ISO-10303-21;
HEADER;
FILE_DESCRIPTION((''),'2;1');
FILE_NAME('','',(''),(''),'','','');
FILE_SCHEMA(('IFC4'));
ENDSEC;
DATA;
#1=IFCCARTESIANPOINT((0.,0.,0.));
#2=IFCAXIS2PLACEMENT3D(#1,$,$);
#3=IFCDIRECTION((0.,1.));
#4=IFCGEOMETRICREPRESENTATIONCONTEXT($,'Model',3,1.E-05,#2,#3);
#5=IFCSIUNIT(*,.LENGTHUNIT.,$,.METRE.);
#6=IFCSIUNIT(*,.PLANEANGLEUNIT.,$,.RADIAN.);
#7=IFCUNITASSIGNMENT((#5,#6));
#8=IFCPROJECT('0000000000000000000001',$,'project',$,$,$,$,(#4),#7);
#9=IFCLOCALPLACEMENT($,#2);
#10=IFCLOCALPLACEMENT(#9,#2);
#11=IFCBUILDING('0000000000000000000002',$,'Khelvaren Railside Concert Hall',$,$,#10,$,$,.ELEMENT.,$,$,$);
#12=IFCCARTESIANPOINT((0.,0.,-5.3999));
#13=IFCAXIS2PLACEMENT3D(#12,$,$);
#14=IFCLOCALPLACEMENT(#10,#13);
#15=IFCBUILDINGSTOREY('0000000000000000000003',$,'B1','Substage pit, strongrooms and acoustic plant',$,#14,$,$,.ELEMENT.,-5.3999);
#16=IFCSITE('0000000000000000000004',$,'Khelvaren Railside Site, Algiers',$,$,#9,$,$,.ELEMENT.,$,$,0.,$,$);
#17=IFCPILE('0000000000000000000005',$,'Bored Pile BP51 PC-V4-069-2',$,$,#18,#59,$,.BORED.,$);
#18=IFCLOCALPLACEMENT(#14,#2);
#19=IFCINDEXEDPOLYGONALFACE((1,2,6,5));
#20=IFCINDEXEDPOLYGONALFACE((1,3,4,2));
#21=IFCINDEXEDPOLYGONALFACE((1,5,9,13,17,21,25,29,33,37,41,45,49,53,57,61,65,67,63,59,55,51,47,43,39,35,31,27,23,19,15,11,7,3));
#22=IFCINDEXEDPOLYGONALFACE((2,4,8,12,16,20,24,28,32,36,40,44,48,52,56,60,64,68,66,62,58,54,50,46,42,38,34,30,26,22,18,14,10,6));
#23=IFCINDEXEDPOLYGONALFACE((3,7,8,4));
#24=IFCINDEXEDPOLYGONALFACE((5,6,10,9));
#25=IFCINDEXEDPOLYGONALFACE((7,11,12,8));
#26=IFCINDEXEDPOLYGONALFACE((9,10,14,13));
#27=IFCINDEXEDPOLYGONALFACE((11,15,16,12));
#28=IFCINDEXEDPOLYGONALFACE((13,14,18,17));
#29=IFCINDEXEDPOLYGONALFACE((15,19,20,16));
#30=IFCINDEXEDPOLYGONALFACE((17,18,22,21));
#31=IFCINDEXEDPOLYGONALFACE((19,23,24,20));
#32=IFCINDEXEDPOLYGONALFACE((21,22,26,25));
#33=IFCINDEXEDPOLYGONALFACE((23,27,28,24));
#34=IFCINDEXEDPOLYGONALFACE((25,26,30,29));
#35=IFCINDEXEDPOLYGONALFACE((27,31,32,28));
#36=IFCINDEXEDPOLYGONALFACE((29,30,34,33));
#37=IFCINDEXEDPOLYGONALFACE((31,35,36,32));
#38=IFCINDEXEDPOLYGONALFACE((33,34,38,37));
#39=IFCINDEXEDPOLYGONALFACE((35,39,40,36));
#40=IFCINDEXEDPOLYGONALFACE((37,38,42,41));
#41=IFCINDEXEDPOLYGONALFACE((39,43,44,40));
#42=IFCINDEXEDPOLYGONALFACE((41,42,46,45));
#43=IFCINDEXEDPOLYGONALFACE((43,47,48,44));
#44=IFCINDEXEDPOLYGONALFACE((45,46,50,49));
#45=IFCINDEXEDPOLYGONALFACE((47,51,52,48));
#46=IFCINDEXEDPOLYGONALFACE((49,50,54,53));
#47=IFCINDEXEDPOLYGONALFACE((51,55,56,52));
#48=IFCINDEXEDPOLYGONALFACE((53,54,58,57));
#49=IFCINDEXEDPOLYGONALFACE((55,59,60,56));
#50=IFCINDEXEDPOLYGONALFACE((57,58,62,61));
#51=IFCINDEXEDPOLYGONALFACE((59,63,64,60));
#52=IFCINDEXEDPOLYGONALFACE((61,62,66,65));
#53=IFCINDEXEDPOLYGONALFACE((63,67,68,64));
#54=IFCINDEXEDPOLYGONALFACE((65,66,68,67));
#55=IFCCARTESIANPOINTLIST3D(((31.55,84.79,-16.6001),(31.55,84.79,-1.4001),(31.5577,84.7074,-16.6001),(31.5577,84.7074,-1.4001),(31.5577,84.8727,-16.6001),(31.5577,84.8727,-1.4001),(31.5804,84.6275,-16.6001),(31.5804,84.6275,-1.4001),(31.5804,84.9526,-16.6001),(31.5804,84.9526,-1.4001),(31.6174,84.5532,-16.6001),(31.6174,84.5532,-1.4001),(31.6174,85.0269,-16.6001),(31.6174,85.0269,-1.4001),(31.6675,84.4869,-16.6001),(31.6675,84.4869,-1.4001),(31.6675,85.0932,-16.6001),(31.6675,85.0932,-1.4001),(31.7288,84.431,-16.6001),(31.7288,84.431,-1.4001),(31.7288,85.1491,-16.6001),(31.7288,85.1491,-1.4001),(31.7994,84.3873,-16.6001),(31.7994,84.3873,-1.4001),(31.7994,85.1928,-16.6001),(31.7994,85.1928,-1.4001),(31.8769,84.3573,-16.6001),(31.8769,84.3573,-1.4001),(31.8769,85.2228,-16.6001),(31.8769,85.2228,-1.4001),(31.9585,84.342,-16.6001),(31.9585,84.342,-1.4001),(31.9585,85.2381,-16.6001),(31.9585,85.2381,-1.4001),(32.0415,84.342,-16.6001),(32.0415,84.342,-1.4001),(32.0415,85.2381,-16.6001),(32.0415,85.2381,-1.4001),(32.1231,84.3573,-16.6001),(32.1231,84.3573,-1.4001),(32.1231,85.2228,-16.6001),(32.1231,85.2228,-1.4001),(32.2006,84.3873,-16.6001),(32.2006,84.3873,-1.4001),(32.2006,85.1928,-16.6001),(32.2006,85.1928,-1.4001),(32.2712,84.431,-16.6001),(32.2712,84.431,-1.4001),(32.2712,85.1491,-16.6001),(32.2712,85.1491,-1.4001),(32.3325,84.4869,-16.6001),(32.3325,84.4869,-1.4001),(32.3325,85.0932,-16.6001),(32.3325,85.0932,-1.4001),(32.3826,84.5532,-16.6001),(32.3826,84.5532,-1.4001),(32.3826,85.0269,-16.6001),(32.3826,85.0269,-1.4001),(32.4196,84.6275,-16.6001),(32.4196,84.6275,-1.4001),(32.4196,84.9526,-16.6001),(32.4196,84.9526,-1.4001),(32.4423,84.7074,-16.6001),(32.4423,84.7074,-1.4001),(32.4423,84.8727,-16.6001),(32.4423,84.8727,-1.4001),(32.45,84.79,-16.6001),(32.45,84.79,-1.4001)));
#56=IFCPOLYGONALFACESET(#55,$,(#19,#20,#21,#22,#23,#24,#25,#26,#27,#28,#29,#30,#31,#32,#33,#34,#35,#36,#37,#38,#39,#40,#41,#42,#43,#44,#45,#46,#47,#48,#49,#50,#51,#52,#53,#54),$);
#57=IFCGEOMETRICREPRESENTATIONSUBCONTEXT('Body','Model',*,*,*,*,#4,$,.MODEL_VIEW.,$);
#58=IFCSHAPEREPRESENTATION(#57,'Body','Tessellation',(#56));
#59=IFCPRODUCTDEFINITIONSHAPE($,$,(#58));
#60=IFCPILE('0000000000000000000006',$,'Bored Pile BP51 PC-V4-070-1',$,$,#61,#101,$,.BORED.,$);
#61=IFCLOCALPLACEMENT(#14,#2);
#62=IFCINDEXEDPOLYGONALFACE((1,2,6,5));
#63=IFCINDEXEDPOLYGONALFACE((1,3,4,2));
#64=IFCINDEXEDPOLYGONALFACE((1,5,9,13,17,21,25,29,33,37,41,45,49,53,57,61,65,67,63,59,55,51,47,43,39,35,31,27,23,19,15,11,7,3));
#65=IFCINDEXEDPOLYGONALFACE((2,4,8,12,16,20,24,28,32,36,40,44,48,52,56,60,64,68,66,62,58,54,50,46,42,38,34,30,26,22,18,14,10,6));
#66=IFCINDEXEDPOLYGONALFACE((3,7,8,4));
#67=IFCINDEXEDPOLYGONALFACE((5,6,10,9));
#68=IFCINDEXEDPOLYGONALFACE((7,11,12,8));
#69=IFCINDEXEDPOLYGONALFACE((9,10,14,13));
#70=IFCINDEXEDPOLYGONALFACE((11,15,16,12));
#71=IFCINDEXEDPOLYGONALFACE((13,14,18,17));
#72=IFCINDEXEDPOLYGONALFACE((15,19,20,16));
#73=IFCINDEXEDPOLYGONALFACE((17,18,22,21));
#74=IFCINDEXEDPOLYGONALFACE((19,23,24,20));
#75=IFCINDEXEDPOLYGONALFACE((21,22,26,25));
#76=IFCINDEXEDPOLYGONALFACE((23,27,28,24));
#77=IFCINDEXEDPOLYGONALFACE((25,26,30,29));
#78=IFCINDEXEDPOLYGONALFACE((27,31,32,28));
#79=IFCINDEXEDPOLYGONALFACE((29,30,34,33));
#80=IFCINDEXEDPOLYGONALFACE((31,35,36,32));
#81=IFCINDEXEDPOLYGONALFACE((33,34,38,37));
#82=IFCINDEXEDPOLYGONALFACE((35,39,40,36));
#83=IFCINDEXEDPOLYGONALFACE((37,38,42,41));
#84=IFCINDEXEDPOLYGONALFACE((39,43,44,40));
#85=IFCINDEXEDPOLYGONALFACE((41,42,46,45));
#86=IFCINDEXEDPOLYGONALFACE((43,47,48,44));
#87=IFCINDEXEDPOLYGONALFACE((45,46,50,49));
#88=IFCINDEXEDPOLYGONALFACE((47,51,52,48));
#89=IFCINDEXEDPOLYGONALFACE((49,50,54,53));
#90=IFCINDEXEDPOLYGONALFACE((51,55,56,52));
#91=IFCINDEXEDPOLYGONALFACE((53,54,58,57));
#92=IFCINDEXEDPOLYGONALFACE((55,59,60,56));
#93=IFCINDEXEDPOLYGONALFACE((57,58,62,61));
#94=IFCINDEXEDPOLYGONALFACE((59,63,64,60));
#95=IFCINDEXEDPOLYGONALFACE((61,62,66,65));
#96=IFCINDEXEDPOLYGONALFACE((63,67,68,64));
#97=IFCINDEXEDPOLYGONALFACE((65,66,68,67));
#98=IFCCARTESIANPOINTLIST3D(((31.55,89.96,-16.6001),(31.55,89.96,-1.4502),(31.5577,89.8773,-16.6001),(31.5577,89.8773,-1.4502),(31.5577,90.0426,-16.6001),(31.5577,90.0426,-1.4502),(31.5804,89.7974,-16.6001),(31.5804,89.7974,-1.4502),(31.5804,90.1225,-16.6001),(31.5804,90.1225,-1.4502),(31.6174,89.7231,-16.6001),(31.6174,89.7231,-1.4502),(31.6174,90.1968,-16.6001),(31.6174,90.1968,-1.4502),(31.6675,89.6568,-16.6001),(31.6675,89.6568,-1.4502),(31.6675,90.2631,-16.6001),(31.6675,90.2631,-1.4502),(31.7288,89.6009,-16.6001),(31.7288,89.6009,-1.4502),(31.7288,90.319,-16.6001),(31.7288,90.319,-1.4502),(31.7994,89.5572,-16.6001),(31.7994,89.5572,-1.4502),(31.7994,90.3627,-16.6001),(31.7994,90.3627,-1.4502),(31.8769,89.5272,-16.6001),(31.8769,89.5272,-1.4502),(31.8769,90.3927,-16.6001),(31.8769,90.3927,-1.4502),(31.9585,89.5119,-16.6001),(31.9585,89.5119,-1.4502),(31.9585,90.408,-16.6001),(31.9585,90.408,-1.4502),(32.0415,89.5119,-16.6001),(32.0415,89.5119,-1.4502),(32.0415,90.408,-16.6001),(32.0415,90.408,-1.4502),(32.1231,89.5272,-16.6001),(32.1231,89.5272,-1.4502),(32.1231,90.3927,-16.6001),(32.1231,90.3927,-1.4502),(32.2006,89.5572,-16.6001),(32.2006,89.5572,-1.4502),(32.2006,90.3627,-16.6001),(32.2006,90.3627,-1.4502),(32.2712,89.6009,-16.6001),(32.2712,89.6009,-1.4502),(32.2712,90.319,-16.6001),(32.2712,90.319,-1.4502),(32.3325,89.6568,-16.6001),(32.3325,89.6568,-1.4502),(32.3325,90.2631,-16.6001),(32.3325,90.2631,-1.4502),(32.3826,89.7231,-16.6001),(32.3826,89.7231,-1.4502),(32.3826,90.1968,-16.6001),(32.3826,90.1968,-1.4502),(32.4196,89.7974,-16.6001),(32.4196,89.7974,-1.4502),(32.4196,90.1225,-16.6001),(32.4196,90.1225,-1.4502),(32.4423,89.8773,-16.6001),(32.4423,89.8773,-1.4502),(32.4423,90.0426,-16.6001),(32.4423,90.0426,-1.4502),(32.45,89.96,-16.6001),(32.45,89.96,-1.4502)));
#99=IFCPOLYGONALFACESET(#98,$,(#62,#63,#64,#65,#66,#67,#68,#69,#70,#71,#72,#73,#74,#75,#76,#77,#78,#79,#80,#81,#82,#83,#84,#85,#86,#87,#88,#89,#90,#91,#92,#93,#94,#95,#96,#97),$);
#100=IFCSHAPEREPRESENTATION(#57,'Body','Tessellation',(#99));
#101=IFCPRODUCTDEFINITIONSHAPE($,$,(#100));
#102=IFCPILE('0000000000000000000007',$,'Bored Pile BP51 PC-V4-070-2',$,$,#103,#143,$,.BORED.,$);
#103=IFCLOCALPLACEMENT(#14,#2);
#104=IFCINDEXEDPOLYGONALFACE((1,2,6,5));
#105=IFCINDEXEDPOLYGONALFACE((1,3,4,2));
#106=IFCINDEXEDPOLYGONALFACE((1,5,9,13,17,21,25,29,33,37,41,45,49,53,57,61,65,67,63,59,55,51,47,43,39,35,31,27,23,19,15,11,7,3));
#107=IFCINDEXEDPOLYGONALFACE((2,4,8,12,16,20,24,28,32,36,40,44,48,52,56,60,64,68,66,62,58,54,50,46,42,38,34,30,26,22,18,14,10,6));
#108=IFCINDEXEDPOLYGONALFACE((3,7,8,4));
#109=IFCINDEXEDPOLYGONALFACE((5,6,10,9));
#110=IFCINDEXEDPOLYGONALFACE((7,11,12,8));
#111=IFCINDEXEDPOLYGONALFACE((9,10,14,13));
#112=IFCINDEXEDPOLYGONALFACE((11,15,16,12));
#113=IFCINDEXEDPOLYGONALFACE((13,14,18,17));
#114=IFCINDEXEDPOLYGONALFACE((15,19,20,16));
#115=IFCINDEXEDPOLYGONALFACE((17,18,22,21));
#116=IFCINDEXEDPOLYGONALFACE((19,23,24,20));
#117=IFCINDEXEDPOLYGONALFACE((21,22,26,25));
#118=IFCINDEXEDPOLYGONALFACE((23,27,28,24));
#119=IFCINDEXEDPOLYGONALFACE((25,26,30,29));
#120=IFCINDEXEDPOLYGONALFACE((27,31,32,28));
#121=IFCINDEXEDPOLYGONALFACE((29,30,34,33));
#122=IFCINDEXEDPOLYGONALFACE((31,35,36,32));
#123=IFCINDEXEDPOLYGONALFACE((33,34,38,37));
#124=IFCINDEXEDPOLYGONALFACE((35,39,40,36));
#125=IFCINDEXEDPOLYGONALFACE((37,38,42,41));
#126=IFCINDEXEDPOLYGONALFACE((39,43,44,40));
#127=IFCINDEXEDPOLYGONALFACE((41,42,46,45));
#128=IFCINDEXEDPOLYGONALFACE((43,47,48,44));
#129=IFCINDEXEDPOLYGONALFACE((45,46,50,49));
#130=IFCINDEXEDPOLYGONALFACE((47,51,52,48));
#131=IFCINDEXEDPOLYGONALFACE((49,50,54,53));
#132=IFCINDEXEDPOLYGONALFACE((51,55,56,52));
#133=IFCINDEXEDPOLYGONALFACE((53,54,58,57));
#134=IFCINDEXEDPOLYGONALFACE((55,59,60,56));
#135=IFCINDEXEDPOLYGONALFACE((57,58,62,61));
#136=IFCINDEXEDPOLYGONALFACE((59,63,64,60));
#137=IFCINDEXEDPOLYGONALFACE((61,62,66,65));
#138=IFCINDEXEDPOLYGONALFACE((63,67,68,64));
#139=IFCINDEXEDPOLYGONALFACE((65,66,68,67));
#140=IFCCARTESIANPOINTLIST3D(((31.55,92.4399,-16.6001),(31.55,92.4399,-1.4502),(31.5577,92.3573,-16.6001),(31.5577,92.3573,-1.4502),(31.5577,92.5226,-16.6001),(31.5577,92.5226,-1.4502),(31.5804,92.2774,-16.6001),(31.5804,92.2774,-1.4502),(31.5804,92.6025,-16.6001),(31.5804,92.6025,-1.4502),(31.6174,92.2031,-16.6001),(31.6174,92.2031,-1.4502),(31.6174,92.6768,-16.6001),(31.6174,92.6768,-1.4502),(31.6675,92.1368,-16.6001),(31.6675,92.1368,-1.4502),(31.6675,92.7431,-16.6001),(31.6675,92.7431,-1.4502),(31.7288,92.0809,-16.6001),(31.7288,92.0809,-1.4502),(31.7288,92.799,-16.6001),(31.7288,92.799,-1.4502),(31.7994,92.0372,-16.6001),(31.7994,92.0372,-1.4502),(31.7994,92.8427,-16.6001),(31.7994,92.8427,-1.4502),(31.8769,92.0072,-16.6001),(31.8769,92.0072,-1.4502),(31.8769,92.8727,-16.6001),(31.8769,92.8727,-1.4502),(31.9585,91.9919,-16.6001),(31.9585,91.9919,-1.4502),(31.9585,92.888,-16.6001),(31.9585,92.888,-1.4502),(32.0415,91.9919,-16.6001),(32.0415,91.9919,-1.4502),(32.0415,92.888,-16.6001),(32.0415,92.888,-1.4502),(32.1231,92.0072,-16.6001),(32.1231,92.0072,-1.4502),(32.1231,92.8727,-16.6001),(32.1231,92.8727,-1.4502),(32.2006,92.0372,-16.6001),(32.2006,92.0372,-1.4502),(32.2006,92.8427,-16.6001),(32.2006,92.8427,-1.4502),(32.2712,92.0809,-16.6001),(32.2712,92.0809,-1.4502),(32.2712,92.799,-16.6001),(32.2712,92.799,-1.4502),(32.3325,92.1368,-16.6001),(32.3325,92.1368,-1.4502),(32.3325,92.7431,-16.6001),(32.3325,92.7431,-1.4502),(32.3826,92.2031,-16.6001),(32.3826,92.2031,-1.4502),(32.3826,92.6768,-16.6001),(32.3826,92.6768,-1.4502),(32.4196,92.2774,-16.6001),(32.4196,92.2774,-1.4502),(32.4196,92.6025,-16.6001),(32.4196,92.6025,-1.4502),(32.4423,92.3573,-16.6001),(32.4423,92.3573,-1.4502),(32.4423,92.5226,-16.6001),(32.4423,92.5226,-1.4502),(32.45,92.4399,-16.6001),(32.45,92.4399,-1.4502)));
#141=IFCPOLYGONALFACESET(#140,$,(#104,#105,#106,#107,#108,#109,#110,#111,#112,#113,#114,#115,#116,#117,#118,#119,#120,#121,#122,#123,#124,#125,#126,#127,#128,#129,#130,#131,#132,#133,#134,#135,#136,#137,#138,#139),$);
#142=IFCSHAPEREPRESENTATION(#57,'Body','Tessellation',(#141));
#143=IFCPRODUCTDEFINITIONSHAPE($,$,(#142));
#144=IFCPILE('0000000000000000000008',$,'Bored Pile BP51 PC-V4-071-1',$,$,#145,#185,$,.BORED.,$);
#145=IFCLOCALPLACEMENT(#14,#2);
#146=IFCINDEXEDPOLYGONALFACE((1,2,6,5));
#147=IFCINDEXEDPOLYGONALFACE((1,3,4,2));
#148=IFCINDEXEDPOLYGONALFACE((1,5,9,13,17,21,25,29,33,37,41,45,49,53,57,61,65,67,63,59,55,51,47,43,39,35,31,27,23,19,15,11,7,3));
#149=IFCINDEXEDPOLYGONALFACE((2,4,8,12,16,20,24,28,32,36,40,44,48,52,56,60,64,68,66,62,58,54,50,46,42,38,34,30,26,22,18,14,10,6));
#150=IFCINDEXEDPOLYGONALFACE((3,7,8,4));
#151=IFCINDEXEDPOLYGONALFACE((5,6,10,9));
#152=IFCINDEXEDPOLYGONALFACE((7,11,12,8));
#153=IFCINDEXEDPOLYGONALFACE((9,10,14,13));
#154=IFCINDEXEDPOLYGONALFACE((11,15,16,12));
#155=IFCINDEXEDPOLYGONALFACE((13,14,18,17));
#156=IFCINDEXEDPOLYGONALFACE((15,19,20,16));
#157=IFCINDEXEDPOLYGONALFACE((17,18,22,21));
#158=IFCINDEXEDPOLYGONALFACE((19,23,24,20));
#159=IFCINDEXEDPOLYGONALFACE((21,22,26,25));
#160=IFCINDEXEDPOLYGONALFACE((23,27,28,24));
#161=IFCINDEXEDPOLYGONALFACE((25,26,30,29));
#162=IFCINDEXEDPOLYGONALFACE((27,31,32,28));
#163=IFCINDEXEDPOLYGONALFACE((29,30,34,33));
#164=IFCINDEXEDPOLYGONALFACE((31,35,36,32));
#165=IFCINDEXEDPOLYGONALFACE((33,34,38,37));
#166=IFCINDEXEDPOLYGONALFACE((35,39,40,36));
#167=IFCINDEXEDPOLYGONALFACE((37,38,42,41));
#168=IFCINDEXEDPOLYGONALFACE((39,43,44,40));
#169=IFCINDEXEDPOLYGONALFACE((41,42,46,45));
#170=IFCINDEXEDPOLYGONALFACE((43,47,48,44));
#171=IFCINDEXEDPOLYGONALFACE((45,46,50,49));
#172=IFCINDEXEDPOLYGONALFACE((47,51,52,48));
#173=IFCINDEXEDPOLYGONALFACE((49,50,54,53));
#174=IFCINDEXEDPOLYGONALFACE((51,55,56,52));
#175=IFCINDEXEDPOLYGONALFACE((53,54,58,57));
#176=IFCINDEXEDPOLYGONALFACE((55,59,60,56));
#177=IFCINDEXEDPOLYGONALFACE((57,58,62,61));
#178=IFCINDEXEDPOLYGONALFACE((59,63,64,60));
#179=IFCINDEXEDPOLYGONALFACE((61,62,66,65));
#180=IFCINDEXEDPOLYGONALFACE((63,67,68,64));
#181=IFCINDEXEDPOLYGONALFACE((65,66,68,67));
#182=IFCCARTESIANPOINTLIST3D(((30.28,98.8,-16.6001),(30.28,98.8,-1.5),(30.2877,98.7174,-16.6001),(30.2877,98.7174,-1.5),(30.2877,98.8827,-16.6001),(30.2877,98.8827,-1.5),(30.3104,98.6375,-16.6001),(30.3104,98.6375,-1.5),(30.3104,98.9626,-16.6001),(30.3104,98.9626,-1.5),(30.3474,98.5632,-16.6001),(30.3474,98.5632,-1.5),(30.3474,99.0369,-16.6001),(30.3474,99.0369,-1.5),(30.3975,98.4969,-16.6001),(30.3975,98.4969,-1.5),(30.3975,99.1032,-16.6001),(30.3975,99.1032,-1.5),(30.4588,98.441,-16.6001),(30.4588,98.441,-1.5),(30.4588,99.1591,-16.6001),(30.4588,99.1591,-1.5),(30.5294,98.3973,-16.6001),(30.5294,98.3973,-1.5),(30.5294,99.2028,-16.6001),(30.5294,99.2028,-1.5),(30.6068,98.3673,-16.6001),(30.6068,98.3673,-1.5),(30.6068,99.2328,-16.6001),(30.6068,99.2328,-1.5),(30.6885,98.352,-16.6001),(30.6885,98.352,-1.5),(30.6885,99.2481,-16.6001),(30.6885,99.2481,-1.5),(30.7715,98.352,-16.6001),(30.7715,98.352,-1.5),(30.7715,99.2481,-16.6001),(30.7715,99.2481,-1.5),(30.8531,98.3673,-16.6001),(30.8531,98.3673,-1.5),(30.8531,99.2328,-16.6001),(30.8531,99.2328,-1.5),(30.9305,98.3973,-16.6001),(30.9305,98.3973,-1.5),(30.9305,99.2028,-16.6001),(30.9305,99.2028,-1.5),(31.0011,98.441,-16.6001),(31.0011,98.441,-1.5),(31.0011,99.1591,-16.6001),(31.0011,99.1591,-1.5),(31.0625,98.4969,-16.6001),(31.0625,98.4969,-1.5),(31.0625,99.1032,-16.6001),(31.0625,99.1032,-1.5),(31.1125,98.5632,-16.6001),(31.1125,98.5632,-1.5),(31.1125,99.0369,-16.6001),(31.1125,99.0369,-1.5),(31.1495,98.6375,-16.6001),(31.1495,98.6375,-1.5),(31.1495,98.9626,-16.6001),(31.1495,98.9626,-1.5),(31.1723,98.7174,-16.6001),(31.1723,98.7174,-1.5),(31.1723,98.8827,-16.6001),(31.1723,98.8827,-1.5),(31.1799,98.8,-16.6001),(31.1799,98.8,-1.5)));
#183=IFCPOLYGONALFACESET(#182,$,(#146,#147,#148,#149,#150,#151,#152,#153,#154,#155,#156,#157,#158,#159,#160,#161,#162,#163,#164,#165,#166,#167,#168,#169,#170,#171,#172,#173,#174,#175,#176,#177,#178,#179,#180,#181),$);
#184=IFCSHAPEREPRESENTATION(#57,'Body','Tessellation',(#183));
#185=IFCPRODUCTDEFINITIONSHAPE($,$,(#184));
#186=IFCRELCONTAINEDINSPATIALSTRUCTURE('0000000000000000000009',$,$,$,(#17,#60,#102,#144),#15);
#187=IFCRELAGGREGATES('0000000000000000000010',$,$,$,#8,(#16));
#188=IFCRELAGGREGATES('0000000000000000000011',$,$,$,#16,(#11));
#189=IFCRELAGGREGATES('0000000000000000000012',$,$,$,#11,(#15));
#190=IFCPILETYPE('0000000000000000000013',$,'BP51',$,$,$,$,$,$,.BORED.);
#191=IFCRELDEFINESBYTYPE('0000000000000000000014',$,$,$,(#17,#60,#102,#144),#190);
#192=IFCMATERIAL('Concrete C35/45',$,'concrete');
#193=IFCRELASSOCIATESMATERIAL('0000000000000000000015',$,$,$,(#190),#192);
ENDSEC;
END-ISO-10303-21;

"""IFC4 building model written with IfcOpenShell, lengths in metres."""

from ifc_helpers import new_model, si_unit, direction, frame, origin, origin_2d, place, context, subcontext, project, spatial, circle, extrude, material, material_profile, profile_set, type_object, element, save


model = new_model("IFC4")

# Units and contexts
model_context = context("Model", 3, precision=1e-05, world=origin(), true_north=direction((0.0, 1.0)))
body_context = subcontext(model_context, "Body", "Model", "MODEL_VIEW")
ifc_project = project(units=[si_unit("LENGTHUNIT", "METRE"), si_unit("PLANEANGLEUNIT", "RADIAN")], contexts=[model_context])

# Site, building, storey
site_placement = place(None, origin())
site = spatial("IfcSite", under=ifc_project, at=site_placement, Name="Khelvaren Railside Site, Algiers", CompositionType="ELEMENT", RefElevation=0.0)
building_placement = place(site_placement, origin())
building = spatial("IfcBuilding", under=site, at=building_placement, Name="Khelvaren Railside Concert Hall", CompositionType="ELEMENT")
storey_placement = place(building_placement, frame((0.0, 0.0, -5.3999)))
storey = spatial("IfcBuildingStorey", under=building, at=storey_placement, Name="B1", Description="Substage pit, strongrooms and acoustic plant", CompositionType="ELEMENT", Elevation=-5.3999)

# Piles
ifc_material_1 = material(Name="Concrete C35/45", Category="concrete")
ifc_material_profile_1 = material_profile(ifc_material_1, circle(Radius=0.45, at=origin_2d()), Name="BP D900")
ifc_profile_set_1 = profile_set([ifc_material_profile_1], Name="Concrete C35/45")
pile_type_1 = type_object("IfcPileType", Name="BP51", PredefinedType="BORED", material=ifc_profile_set_1)
pile_1_placement = place(storey_placement, frame((32.0, 84.79, -1.4001), z_axis=(0.0, 0.0, -1.0), x_axis=(1.0, 0.0, 0.0)))
element("IfcPile", 1, at=pile_1_placement, inside=storey, type_object=pile_type_1, Name="Bored Pile BP51 PC-V4-069-2", PredefinedType="BORED", context=body_context, shape_type="SweptSolid", body=[
    extrude(circle(Radius=0.45, at=origin_2d()), origin(), (0.0, 0.0, 1.0), 15.2),
])
for number, where, z_axis, x_axis, name in (
    (2, (32.0, 89.96, -1.4502), (0.0, 0.0, -1.0), (1.0, 0.0, 0.0), "Bored Pile BP51 PC-V4-070-1"),
    (3, (32.0, 92.4399, -1.4502), (0.0, 0.0, -1.0), (1.0, 0.0, 0.0), "Bored Pile BP51 PC-V4-070-2"),
):
    element("IfcPile", number, at=place(storey_placement, frame(where, z_axis=z_axis, x_axis=x_axis)), inside=storey, type_object=pile_type_1, Name=name, PredefinedType="BORED", context=body_context, shape_type="SweptSolid", body=[
        extrude(circle(Radius=0.45, at=origin_2d()), origin(), (0.0, 0.0, 1.0), 15.1499),
    ])
for number, where, z_axis, x_axis, name in (
    (4, (30.73, 98.8, -1.5), (0.0, 0.0, -1.0), (1.0, 0.0, 0.0), "Bored Pile BP51 PC-V4-071-1"),
):
    element("IfcPile", number, at=place(storey_placement, frame(where, z_axis=z_axis, x_axis=x_axis)), inside=storey, type_object=pile_type_1, Name=name, PredefinedType="BORED", context=body_context, shape_type="SweptSolid", body=[
        extrude(circle(Radius=0.45, at=origin_2d()), origin(), (0.0, 0.0, 1.0), 15.1001),
    ])

save(model, "model.ifc")
